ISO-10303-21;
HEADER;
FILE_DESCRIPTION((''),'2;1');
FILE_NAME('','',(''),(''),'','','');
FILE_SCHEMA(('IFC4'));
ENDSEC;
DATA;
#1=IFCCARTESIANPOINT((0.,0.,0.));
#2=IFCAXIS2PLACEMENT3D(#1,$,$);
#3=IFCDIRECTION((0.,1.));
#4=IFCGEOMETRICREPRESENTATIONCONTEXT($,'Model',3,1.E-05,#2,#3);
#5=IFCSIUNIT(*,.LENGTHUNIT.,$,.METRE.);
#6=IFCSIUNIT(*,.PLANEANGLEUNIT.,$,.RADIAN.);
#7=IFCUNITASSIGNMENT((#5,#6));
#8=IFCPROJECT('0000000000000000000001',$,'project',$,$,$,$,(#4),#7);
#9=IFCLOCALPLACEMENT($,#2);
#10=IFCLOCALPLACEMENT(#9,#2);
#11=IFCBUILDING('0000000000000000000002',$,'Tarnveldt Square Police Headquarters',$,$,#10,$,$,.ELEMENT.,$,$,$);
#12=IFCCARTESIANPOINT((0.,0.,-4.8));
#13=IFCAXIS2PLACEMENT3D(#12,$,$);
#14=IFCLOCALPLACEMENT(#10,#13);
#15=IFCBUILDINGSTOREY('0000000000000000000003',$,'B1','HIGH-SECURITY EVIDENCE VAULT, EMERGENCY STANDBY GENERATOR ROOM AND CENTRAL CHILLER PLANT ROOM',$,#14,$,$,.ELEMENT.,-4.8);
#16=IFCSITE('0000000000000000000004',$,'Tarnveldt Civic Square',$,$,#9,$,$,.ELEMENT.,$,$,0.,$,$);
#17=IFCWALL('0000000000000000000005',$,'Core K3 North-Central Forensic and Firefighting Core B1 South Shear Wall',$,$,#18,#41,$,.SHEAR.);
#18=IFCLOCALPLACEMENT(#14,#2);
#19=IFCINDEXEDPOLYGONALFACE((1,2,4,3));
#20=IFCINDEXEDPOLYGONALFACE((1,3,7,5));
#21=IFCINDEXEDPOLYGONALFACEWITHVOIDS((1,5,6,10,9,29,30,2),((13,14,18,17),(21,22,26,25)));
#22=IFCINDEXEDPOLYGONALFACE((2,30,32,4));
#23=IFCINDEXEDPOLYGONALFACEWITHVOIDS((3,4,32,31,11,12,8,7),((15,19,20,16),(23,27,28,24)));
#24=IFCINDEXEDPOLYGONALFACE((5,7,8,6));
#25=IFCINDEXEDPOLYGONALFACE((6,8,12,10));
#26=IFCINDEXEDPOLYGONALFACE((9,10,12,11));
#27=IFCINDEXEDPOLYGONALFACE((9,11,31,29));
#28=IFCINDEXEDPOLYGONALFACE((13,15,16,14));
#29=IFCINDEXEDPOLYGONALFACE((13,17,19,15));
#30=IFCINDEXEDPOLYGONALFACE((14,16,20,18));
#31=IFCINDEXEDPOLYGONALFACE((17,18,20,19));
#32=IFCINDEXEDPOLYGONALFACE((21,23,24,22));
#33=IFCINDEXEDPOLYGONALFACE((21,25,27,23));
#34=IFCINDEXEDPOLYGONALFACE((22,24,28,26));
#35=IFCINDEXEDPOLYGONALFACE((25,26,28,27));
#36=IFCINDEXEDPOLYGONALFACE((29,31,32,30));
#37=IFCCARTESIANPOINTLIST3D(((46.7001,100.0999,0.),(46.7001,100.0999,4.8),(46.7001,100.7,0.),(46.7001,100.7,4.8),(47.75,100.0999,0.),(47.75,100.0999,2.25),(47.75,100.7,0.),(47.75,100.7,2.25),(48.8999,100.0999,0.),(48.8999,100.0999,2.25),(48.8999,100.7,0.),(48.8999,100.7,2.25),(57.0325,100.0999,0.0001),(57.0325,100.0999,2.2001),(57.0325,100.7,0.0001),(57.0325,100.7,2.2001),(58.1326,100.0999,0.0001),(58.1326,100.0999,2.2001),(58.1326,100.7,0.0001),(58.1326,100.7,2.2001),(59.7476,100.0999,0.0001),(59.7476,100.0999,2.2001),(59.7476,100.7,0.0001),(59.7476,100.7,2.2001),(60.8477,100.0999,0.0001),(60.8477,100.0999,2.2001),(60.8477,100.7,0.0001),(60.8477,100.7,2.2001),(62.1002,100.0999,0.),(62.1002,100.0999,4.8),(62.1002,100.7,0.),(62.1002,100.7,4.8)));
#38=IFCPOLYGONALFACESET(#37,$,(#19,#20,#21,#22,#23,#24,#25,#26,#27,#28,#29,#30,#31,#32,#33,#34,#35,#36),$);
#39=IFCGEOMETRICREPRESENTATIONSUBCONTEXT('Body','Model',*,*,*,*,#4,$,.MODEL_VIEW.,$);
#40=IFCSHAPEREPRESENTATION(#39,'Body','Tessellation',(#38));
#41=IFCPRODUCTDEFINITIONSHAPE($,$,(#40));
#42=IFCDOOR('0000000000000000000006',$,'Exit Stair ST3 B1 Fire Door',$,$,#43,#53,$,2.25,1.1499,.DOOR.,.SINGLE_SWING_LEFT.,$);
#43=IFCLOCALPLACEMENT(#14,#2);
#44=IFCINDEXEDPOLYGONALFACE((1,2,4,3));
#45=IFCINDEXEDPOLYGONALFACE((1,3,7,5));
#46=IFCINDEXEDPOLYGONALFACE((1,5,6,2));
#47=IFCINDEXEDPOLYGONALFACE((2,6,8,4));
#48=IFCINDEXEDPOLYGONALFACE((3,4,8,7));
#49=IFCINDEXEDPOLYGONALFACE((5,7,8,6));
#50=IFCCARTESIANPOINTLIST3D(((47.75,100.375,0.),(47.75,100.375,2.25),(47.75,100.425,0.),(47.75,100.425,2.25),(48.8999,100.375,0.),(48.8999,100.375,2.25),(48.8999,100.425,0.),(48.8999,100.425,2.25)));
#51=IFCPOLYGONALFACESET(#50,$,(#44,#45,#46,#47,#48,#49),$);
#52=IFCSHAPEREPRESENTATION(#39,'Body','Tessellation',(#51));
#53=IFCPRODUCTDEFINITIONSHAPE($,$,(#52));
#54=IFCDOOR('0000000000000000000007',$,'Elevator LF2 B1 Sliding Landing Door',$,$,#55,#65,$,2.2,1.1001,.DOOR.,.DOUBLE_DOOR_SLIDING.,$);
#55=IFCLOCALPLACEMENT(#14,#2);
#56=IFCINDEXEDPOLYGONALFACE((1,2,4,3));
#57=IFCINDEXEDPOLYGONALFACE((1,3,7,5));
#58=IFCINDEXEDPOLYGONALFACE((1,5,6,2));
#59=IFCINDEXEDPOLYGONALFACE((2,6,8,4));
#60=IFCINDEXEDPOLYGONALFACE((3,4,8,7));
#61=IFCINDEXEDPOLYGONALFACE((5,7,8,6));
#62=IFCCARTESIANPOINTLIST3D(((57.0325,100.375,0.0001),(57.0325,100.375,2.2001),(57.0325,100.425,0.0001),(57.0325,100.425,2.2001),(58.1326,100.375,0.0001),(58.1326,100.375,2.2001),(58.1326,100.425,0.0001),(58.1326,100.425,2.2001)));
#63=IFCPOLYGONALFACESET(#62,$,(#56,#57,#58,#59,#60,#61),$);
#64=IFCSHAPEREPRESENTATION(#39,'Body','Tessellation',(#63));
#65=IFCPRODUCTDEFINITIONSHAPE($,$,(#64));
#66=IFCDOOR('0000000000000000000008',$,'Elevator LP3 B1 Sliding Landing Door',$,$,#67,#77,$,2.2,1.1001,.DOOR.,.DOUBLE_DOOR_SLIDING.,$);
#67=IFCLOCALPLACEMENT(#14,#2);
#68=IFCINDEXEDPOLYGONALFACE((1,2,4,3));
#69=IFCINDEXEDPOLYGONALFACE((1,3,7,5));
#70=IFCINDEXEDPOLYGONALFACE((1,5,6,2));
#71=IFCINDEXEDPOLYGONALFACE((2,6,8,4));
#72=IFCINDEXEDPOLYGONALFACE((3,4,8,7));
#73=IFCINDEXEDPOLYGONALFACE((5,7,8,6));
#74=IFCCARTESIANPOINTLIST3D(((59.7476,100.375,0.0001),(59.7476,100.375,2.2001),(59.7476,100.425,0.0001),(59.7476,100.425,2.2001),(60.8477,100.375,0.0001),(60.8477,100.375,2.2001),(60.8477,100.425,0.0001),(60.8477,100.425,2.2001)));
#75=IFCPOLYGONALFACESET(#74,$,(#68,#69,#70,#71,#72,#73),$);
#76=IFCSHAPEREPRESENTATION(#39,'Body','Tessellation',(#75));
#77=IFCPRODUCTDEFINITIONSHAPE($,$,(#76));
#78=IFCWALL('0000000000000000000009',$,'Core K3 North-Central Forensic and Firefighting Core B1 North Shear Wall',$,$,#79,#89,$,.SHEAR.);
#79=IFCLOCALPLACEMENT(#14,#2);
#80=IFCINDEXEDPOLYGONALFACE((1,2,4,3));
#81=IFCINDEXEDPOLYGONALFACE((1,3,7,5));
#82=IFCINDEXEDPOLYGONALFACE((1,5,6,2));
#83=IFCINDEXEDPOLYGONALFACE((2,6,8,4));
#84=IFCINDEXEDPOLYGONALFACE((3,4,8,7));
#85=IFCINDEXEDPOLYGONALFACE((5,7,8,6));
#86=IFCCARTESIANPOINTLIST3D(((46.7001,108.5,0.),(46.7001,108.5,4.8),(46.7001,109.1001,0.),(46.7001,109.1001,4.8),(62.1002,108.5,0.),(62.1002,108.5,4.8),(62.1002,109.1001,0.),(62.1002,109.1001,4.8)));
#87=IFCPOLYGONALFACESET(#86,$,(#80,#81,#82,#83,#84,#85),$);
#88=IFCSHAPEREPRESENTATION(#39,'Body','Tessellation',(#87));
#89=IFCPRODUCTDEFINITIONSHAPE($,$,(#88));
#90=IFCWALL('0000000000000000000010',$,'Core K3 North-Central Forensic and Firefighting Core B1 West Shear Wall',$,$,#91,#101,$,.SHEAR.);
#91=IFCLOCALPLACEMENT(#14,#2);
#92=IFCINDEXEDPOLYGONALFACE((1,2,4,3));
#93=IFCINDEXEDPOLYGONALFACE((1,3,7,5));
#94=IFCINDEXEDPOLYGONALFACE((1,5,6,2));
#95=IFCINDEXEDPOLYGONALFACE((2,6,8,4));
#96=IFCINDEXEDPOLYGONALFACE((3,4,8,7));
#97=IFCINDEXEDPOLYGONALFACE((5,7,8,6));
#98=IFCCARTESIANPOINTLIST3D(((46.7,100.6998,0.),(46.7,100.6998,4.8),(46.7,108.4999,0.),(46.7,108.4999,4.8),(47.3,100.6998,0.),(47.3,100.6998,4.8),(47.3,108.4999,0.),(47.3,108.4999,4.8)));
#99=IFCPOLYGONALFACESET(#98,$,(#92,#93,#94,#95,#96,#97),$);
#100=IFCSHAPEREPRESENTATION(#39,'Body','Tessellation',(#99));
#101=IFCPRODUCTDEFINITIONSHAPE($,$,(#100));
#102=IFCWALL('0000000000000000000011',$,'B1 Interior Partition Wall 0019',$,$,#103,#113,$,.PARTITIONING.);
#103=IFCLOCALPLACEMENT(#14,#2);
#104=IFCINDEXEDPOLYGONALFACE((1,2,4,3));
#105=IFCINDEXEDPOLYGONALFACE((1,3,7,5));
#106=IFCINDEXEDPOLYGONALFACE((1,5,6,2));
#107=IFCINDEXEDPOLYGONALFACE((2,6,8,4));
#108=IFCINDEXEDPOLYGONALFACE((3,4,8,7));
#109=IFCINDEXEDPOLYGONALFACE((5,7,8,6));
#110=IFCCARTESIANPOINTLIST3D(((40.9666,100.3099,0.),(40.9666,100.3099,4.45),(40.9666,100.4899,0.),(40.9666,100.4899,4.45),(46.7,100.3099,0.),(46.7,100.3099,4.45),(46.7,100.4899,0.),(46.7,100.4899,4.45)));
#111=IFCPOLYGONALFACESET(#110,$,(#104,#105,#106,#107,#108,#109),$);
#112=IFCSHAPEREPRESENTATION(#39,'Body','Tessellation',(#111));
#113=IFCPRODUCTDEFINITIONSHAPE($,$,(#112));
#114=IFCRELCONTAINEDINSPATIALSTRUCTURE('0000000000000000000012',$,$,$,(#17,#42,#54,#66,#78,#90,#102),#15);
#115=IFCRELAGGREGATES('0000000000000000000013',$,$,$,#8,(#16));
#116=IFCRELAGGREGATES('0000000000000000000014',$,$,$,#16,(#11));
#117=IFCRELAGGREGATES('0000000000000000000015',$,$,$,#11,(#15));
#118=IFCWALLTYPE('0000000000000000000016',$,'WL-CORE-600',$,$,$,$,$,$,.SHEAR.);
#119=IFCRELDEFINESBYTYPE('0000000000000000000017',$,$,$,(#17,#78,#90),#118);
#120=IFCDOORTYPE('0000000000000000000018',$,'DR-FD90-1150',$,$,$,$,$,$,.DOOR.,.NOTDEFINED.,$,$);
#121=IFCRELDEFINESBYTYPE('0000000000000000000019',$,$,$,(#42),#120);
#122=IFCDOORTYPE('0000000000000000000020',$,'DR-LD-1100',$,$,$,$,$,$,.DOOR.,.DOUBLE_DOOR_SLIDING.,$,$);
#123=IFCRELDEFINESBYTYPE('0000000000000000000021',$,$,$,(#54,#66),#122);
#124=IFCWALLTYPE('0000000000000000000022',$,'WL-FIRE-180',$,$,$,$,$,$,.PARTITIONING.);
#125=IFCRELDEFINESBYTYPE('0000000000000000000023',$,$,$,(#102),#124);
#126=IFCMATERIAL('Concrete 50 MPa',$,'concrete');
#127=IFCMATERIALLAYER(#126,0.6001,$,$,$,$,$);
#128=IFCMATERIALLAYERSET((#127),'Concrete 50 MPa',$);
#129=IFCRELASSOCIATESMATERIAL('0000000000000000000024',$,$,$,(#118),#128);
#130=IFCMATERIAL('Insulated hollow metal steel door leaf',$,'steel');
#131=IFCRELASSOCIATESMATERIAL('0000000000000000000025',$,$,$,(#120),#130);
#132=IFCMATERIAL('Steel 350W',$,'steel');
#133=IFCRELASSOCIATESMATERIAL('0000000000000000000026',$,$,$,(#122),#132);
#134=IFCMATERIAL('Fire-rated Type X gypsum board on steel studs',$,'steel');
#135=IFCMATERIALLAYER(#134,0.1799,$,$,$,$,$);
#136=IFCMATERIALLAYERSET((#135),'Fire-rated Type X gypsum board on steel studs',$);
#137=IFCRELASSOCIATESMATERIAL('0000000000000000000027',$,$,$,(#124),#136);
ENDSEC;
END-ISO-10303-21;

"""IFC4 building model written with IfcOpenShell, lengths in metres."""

from ifc_helpers import new_model, si_unit, direction, frame, frame_2d, origin, place, context, subcontext, project, spatial, rectangle, extrude, material, layer, layer_set, type_object, element, fill, save


model = new_model("IFC4")

# Units and contexts
model_context = context("Model", 3, precision=1e-05, world=origin(), true_north=direction((0.0, 1.0)))
body_context = subcontext(model_context, "Body", "Model", "MODEL_VIEW")
ifc_project = project(units=[si_unit("LENGTHUNIT", "METRE"), si_unit("PLANEANGLEUNIT", "RADIAN")], contexts=[model_context])

# Site, building, storey
site_placement = place(None, origin())
site = spatial("IfcSite", under=ifc_project, at=site_placement, Name="Tarnveldt Civic Square", CompositionType="ELEMENT", RefElevation=0.0)
building_placement = place(site_placement, origin())
building = spatial("IfcBuilding", under=site, at=building_placement, Name="Tarnveldt Square Police Headquarters", CompositionType="ELEMENT")
storey_placement = place(building_placement, frame((0.0, 0.0, -4.8)))
storey = spatial("IfcBuildingStorey", under=building, at=storey_placement, Name="B1", Description="HIGH-SECURITY EVIDENCE VAULT, EMERGENCY STANDBY GENERATOR ROOM AND CENTRAL CHILLER PLANT ROOM", CompositionType="ELEMENT", Elevation=-4.8)

# Shared definitions
ifc_material_1 = material(Name="Concrete 50 MPa", Category="concrete")

# Wall, openings, doors
ifc_layer_1 = layer(ifc_material_1, 0.6001)
ifc_layer_set_1 = layer_set([ifc_layer_1], Name="Concrete 50 MPa")
wall_type_1 = type_object("IfcWallType", Name="WL-CORE-600", PredefinedType="SHEAR", material=ifc_layer_set_1)
wall_1_placement = place(storey_placement, frame((46.7, 100.3999, 0.0), z_axis=(0.0, 0.0, 1.0), x_axis=(1.0, 0.0, 0.0)))
wall_1 = element("IfcWall", 1, at=wall_1_placement, inside=storey, type_object=wall_type_1, Name="Core K3 North-Central Forensic and Firefighting Core B1 South Shear Wall", PredefinedType="SHEAR", context=body_context, shape_type="SweptSolid", body=[
    extrude(rectangle(XDim=15.4001, YDim=0.6001, at=frame_2d((7.7002, 0.0))), origin(), (0.0, 0.0, 1.0), 4.8),
])
opening_1_placement = place(wall_1_placement, frame((1.05, 0.0, 0.0)))
opening_1 = element("IfcOpeningElement", 2, at=opening_1_placement, cuts=wall_1, PredefinedType="OPENING", context=body_context, shape_type="SweptSolid", body=[
    extrude(rectangle(XDim=1.1499, YDim=2.25, at=frame_2d((0.575, 1.125))), frame((0.0, 0.3101, 0.0), z_axis=(0.0, -1.0, 0.0), x_axis=(1.0, 0.0, 0.0)), (0.0, 0.0, 1.0), 0.6201),
])
opening_2_placement = place(wall_1_placement, frame((10.3325, 0.0, 0.0)))
opening_2 = element("IfcOpeningElement", 3, at=opening_2_placement, cuts=wall_1, PredefinedType="OPENING", context=body_context, shape_type="SweptSolid", body=[
    extrude(rectangle(XDim=1.1001, YDim=2.2, at=frame_2d((0.55, 1.1001))), frame((0.0, 0.3101, 0.0), z_axis=(0.0, -1.0, 0.0), x_axis=(1.0, 0.0, 0.0)), (0.0, 0.0, 1.0), 0.6201),
])
opening_3_placement = place(wall_1_placement, frame((13.0476, 0.0, 0.0)))
opening_3 = element("IfcOpeningElement", 4, at=opening_3_placement, cuts=wall_1, PredefinedType="OPENING", context=body_context, shape_type="SweptSolid", body=[
    extrude(rectangle(XDim=1.1001, YDim=2.2, at=frame_2d((0.55, 1.1001))), frame((0.0, 0.3101, 0.0), z_axis=(0.0, -1.0, 0.0), x_axis=(1.0, 0.0, 0.0)), (0.0, 0.0, 1.0), 0.6201),
])
ifc_material_2 = material(Name="Insulated hollow metal steel door leaf", Category="steel")
door_type_1 = type_object("IfcDoorType", Name="DR-FD90-1150", OperationType="NOTDEFINED", PredefinedType="DOOR", material=ifc_material_2)
door_1_placement = place(opening_1_placement, frame((1.1499, 0.0, 0.0), z_axis=(0.0, 0.0, 1.0), x_axis=(-1.0, 0.0, 0.0)))
door_1 = element("IfcDoor", 5, at=door_1_placement, inside=storey, type_object=door_type_1, Name="Exit Stair ST3 B1 Fire Door", OperationType="SINGLE_SWING_LEFT", OverallHeight=2.25, OverallWidth=1.1499, PredefinedType="DOOR", context=body_context, shape_type="SweptSolid", body=[
    extrude(rectangle(XDim=1.1499, YDim=2.25, at=frame_2d((0.575, 1.125))), frame((0.0, 0.0249, 0.0), z_axis=(0.0, -1.0, 0.0), x_axis=(1.0, 0.0, 0.0)), (0.0, 0.0, 1.0), 0.05),
])
fill(opening_1, door_1)
ifc_material_3 = material(Name="Steel 350W", Category="steel")
door_type_2 = type_object("IfcDoorType", Name="DR-LD-1100", OperationType="DOUBLE_DOOR_SLIDING", PredefinedType="DOOR", material=ifc_material_3)
door_2_placement = place(opening_2_placement, frame((1.1001, 0.0, 0.0), z_axis=(0.0, 0.0, 1.0), x_axis=(-1.0, 0.0, 0.0)))
door_2 = element("IfcDoor", 6, at=door_2_placement, inside=storey, type_object=door_type_2, Name="Elevator LF2 B1 Sliding Landing Door", OperationType="DOUBLE_DOOR_SLIDING", OverallHeight=2.2, OverallWidth=1.1001, PredefinedType="DOOR", context=body_context, shape_type="SweptSolid", body=[
    extrude(rectangle(XDim=1.1001, YDim=2.2, at=frame_2d((0.55, 1.1001))), frame((0.0, 0.0249, 0.0), z_axis=(0.0, -1.0, 0.0), x_axis=(1.0, 0.0, 0.0)), (0.0, 0.0, 1.0), 0.05),
])
fill(opening_2, door_2)
door_3_placement = place(opening_3_placement, frame((1.1001, 0.0, 0.0), z_axis=(0.0, 0.0, 1.0), x_axis=(-1.0, 0.0, 0.0)))
door_3 = element("IfcDoor", 7, at=door_3_placement, inside=storey, type_object=door_type_2, Name="Elevator LP3 B1 Sliding Landing Door", OperationType="DOUBLE_DOOR_SLIDING", OverallHeight=2.2, OverallWidth=1.1001, PredefinedType="DOOR", context=body_context, shape_type="SweptSolid", body=[
    extrude(rectangle(XDim=1.1001, YDim=2.2, at=frame_2d((0.55, 1.1001))), frame((0.0, 0.0249, 0.0), z_axis=(0.0, -1.0, 0.0), x_axis=(1.0, 0.0, 0.0)), (0.0, 0.0, 1.0), 0.05),
])
fill(opening_3, door_3)

# Walls
wall_2_placement = place(storey_placement, frame((46.7, 108.8, 0.0), z_axis=(0.0, 0.0, 1.0), x_axis=(1.0, 0.0, 0.0)))
element("IfcWall", 8, at=wall_2_placement, inside=storey, type_object=wall_type_1, Name="Core K3 North-Central Forensic and Firefighting Core B1 North Shear Wall", PredefinedType="SHEAR", context=body_context, shape_type="SweptSolid", body=[
    extrude(rectangle(XDim=15.4001, YDim=0.6001, at=frame_2d((7.7002, 0.0))), origin(), (0.0, 0.0, 1.0), 4.8),
])
wall_3_placement = place(storey_placement, frame((47.0, 100.7, 0.0), z_axis=(0.0, 0.0, 1.0), x_axis=(0.0, 1.0, 0.0)))
element("IfcWall", 9, at=wall_3_placement, inside=storey, type_object=wall_type_1, Name="Core K3 North-Central Forensic and Firefighting Core B1 West Shear Wall", PredefinedType="SHEAR", context=body_context, shape_type="SweptSolid", body=[
    extrude(rectangle(XDim=7.8, YDim=0.6001, at=frame_2d((3.8999, 0.0))), origin(), (0.0, 0.0, 1.0), 4.8),
])
ifc_material_4 = material(Name="Fire-rated Type X gypsum board on steel studs", Category="steel")
ifc_layer_2 = layer(ifc_material_4, 0.1799)
ifc_layer_set_2 = layer_set([ifc_layer_2], Name="Fire-rated Type X gypsum board on steel studs")
wall_type_2 = type_object("IfcWallType", Name="WL-FIRE-180", PredefinedType="PARTITIONING", material=ifc_layer_set_2)
wall_4_placement = place(storey_placement, frame((40.9666, 100.3999, 0.0), z_axis=(0.0, 0.0, 1.0), x_axis=(1.0, 0.0, 0.0)))
element("IfcWall", 10, at=wall_4_placement, inside=storey, type_object=wall_type_2, Name="B1 Interior Partition Wall 0019", PredefinedType="PARTITIONING", context=body_context, shape_type="SweptSolid", body=[
    extrude(rectangle(XDim=5.7334, YDim=0.1799, at=frame_2d((2.8667, 0.0))), origin(), (0.0, 0.0, 1.0), 4.45),
])

save(model, "model.ifc")
